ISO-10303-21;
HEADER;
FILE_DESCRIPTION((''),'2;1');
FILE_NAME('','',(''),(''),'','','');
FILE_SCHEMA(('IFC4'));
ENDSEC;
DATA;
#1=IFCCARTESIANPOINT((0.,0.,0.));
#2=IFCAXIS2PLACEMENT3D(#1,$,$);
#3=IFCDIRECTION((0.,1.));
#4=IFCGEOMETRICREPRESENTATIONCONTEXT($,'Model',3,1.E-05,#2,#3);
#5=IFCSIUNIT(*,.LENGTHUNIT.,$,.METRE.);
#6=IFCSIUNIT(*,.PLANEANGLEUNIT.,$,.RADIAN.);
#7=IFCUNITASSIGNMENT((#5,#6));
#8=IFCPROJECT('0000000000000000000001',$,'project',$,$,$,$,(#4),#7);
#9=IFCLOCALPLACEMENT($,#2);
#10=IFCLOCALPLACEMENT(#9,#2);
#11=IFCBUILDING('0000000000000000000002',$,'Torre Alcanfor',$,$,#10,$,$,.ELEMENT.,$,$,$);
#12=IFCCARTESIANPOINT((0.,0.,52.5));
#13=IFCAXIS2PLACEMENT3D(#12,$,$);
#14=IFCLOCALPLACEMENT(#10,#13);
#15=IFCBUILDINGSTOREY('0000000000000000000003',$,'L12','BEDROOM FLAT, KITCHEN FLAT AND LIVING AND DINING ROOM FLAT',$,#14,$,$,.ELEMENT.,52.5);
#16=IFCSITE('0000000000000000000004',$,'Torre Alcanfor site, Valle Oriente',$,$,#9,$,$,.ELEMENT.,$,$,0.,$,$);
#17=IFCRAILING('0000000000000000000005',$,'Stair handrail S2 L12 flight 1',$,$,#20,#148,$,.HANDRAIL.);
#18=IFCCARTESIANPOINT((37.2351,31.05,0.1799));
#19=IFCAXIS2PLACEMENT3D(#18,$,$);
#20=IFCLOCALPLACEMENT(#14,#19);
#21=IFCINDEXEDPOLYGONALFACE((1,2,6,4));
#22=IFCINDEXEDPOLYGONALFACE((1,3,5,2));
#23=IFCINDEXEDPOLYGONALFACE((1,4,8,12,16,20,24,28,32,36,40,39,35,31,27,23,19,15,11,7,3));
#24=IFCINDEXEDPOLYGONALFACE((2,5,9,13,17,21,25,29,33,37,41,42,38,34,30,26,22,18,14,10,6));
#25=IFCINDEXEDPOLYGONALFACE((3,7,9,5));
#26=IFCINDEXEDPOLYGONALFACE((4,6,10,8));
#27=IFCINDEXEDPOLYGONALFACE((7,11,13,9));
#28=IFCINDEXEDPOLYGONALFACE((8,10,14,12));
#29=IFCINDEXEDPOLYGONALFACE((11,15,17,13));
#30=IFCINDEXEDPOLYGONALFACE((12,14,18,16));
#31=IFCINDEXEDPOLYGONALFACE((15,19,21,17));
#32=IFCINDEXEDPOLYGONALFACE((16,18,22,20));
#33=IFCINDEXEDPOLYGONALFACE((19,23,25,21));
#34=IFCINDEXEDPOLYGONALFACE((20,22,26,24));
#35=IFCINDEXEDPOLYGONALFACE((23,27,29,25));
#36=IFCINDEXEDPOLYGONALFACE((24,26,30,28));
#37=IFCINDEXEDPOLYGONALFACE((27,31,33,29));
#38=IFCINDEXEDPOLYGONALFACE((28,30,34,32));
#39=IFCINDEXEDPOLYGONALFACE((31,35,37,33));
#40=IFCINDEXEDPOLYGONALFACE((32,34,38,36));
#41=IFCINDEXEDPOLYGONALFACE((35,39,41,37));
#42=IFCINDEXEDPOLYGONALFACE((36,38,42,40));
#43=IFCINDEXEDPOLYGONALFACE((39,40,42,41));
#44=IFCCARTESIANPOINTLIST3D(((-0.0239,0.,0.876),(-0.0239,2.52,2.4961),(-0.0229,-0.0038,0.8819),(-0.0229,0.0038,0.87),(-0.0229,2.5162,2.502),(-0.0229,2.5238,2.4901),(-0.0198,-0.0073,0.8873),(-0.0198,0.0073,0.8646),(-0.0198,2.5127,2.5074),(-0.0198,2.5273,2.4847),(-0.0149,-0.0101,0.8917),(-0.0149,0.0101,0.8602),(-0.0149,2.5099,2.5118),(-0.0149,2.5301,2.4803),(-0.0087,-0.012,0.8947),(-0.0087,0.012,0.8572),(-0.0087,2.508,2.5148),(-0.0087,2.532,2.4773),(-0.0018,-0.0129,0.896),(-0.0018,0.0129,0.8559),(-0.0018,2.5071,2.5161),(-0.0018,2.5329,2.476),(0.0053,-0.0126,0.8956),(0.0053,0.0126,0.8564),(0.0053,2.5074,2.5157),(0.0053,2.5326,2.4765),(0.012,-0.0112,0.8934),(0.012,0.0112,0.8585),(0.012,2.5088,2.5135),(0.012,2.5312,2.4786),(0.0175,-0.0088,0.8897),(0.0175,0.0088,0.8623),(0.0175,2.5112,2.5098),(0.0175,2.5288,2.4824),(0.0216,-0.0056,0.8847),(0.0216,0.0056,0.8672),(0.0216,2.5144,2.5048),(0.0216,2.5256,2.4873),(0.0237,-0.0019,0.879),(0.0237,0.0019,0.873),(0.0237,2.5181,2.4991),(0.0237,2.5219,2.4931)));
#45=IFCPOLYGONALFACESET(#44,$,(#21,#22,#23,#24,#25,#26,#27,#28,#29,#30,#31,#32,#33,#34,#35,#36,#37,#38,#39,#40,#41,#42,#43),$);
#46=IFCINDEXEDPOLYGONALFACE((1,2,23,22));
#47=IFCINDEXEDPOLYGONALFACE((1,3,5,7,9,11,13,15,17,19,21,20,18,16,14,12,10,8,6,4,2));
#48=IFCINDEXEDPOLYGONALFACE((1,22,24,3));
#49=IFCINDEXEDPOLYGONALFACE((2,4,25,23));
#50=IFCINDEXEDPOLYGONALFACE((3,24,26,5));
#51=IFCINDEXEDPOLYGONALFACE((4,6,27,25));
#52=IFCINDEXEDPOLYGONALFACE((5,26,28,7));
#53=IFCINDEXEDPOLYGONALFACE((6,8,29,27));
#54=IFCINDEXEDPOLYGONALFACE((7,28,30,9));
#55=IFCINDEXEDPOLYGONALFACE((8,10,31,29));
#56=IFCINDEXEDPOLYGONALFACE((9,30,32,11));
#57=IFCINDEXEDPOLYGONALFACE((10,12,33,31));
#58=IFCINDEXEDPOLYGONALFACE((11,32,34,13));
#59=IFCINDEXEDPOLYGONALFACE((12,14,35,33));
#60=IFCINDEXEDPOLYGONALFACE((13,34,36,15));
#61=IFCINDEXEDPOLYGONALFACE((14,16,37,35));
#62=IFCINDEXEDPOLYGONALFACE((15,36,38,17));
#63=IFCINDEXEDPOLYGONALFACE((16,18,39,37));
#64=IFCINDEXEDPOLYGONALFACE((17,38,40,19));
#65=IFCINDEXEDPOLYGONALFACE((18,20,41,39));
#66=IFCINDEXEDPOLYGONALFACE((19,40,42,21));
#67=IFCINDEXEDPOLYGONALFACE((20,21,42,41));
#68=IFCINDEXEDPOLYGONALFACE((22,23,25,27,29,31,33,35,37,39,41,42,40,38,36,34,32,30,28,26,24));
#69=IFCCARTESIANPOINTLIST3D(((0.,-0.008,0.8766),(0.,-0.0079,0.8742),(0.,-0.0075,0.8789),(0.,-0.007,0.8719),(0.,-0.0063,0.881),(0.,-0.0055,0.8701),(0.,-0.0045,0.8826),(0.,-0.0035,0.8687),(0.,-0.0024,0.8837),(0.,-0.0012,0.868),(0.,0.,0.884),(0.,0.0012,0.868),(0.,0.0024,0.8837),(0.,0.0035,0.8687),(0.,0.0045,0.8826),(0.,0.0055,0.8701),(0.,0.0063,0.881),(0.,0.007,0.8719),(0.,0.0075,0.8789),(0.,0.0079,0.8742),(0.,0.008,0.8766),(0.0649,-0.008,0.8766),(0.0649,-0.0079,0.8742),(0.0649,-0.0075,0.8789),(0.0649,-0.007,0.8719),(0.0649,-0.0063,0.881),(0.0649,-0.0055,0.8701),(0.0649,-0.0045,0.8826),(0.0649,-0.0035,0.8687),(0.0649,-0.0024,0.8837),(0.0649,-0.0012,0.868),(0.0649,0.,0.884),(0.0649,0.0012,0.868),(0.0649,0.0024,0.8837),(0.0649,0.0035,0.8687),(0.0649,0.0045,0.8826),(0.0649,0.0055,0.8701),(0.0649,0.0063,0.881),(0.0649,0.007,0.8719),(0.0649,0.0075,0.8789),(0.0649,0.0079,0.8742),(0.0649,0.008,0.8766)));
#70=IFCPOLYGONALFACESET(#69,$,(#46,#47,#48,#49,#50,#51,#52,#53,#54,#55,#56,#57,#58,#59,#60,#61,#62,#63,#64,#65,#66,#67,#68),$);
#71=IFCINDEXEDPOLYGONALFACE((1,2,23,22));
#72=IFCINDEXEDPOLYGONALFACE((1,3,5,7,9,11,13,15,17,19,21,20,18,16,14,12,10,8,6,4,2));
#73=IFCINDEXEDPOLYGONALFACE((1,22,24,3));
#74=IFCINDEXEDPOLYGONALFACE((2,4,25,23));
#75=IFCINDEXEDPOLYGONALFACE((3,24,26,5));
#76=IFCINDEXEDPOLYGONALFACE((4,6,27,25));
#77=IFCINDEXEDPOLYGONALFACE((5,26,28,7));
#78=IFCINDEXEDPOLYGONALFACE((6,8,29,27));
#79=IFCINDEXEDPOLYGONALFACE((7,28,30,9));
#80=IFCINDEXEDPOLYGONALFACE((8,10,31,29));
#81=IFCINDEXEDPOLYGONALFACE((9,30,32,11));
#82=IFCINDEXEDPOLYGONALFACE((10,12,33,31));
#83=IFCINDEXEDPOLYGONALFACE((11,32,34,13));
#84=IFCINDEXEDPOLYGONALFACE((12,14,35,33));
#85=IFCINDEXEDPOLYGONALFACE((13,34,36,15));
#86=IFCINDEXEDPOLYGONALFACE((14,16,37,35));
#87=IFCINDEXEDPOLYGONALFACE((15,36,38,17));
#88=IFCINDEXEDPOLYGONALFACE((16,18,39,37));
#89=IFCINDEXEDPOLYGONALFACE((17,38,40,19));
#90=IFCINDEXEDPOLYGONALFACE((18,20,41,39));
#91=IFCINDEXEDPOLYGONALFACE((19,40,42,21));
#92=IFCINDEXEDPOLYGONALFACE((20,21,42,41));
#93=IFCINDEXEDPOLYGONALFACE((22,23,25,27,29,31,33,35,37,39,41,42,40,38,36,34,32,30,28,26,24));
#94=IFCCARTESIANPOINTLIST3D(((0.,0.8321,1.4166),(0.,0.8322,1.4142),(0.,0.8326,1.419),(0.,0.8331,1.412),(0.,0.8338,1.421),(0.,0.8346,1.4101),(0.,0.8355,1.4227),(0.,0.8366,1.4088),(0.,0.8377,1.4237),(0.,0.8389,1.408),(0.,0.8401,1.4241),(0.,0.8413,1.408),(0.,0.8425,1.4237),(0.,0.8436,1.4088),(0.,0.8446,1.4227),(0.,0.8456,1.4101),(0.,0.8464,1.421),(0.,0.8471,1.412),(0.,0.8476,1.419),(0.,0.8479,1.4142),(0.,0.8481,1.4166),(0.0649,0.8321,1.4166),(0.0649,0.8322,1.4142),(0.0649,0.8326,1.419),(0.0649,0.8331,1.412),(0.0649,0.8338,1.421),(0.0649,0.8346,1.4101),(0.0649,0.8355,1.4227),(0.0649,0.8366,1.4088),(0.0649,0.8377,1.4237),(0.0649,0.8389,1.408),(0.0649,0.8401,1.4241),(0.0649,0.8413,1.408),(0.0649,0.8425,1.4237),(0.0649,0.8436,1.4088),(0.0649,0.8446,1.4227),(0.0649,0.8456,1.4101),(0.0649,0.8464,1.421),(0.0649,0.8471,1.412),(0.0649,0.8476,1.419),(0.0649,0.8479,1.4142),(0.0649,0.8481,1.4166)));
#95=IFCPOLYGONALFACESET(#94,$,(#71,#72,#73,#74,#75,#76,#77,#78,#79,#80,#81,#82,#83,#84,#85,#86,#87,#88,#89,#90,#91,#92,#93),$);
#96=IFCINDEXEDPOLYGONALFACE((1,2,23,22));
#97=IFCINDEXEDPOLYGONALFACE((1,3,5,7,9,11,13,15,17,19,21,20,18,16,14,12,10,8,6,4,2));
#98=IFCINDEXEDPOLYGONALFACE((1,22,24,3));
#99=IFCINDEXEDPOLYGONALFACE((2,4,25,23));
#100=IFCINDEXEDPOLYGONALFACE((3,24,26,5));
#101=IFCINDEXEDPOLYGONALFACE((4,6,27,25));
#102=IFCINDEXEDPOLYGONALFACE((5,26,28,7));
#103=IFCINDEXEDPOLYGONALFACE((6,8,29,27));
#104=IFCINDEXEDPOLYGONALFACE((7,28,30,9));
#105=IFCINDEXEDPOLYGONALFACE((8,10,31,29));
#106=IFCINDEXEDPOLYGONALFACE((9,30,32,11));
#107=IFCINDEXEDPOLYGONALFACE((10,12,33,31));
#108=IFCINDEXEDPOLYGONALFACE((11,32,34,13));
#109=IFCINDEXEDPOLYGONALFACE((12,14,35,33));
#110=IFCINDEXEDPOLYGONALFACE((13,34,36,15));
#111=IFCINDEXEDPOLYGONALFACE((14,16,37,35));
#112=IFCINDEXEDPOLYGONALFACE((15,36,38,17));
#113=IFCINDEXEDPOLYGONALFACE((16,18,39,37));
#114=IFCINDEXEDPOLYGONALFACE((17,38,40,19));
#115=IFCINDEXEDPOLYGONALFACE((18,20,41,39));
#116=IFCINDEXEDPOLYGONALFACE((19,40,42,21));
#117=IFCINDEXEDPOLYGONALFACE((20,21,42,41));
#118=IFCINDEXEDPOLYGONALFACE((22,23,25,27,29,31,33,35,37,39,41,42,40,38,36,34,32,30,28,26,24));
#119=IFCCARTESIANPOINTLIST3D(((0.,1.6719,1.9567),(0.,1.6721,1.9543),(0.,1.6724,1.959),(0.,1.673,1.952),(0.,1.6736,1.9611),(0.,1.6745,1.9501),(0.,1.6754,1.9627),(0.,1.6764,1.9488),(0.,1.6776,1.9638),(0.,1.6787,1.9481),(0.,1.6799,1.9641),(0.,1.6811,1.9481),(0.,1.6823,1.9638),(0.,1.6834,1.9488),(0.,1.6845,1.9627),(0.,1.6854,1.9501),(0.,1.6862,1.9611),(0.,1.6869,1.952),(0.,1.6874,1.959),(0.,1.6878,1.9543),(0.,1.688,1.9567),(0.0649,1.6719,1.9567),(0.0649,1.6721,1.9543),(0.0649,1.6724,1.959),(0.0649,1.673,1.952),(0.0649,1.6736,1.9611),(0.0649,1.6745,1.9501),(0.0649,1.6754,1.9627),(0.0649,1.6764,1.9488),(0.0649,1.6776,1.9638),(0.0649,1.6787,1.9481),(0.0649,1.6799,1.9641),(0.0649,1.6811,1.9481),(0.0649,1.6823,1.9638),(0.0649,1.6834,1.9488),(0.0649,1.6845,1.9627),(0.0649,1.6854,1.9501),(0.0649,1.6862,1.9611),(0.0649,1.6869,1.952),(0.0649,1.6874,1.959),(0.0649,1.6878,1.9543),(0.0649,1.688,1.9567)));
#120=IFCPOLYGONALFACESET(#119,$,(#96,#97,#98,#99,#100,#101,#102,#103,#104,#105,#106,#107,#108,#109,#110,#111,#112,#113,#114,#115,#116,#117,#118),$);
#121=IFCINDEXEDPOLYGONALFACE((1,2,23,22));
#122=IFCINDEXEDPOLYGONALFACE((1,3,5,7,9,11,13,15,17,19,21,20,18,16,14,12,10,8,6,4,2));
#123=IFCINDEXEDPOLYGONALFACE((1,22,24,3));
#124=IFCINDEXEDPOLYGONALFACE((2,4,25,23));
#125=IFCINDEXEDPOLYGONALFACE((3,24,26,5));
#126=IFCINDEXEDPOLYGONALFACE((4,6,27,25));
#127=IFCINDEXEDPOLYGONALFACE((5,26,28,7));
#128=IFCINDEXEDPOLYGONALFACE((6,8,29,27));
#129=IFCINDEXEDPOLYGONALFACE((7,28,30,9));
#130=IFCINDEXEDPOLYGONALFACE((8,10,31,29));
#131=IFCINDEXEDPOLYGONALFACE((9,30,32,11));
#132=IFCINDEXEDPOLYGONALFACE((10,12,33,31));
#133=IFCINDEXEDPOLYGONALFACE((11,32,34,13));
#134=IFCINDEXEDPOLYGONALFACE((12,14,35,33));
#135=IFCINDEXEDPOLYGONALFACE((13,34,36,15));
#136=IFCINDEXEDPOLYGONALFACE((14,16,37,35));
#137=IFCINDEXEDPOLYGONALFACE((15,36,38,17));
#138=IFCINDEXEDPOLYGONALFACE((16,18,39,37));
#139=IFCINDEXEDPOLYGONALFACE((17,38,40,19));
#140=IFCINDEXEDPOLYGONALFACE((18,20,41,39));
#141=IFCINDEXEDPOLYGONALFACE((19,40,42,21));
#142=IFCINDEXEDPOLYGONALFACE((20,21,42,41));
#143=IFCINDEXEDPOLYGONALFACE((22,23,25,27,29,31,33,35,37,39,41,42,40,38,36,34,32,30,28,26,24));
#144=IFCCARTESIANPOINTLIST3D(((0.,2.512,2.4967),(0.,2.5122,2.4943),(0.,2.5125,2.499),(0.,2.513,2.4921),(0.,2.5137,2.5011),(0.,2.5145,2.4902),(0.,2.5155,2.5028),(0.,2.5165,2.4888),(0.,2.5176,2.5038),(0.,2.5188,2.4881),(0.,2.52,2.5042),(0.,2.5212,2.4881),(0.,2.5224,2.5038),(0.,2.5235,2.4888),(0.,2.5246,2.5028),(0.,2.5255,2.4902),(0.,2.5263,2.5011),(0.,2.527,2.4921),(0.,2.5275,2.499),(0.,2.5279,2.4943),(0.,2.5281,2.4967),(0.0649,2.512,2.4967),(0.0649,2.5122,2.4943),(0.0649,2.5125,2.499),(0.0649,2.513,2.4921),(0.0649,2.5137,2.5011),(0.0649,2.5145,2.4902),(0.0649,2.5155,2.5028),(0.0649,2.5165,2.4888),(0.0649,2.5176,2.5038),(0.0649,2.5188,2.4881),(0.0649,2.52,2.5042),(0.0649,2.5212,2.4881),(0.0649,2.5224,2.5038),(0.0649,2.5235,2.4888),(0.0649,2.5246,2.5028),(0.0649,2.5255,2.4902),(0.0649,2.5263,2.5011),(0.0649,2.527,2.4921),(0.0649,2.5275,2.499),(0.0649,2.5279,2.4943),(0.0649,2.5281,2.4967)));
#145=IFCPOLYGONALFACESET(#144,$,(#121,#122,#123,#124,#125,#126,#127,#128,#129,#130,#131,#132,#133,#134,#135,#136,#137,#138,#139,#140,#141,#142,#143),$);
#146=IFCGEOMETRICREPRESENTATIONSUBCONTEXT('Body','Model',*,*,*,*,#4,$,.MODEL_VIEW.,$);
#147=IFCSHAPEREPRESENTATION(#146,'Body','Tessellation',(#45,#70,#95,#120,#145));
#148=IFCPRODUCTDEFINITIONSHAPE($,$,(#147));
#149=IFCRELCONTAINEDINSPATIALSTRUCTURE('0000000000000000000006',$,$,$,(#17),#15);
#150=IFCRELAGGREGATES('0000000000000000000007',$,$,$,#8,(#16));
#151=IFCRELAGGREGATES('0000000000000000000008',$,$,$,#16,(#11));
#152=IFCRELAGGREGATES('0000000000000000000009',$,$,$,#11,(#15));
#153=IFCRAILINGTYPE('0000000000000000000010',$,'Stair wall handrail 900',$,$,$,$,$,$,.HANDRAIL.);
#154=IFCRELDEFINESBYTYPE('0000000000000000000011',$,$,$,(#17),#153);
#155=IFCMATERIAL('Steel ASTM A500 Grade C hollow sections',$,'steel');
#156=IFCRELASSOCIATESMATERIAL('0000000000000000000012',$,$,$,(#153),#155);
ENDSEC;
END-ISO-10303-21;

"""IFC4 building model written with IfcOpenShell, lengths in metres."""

from ifc_helpers import new_model, si_unit, direction, frame, origin, origin_2d, place, context, subcontext, project, spatial, circle, extrude, material, type_object, element, save


model = new_model("IFC4")

# Units and contexts
model_context = context("Model", 3, precision=1e-05, world=origin(), true_north=direction((0.0, 1.0)))
body_context = subcontext(model_context, "Body", "Model", "MODEL_VIEW")
ifc_project = project(units=[si_unit("LENGTHUNIT", "METRE"), si_unit("PLANEANGLEUNIT", "RADIAN")], contexts=[model_context])

# Site, building, storey
site_placement = place(None, origin())
site = spatial("IfcSite", under=ifc_project, at=site_placement, Name="Torre Alcanfor site, Valle Oriente", CompositionType="ELEMENT", RefElevation=0.0)
building_placement = place(site_placement, origin())
building = spatial("IfcBuilding", under=site, at=building_placement, Name="Torre Alcanfor", CompositionType="ELEMENT")
storey_placement = place(building_placement, frame((0.0, 0.0, 52.5)))
storey = spatial("IfcBuildingStorey", under=building, at=storey_placement, Name="L12", Description="BEDROOM FLAT, KITCHEN FLAT AND LIVING AND DINING ROOM FLAT", CompositionType="ELEMENT", Elevation=52.5)

# Railing
ifc_material_1 = material(Name="Steel ASTM A500 Grade C hollow sections", Category="steel")
railing_type_1 = type_object("IfcRailingType", Name="Stair wall handrail 900", PredefinedType="HANDRAIL", material=ifc_material_1)
railing_1_placement = place(storey_placement, frame((37.2351, 31.05, 0.1799)))
element("IfcRailing", 1, at=railing_1_placement, inside=storey, type_object=railing_type_1, Name="Stair handrail S2 L12 flight 1", PredefinedType="HANDRAIL", context=body_context, shape_type="SweptSolid", body=[
    extrude(circle(Radius=0.0239, at=origin_2d()), frame((0.0, 0.0, 0.876), z_axis=(0.0, 0.841163, 0.540782), x_axis=(-1.0, 0.0, 0.0)), (0.0, 0.0, 1.0), 2.9958),
    extrude(circle(Radius=0.0081, at=origin_2d()), frame((0.0, 0.0, 0.876), z_axis=(1.0, 0.0, 0.0), x_axis=(0.0, 0.0, 1.0)), (0.0, 0.0, 1.0), 0.0649),
    extrude(circle(Radius=0.0081, at=origin_2d()), frame((0.0, 0.8401, 1.416), z_axis=(1.0, 0.0, 0.0), x_axis=(0.0, 0.0, 1.0)), (0.0, 0.0, 1.0), 0.0649),
    extrude(circle(Radius=0.0081, at=origin_2d()), frame((0.0, 1.6799, 1.9561), z_axis=(1.0, 0.0, 0.0), x_axis=(0.0, 0.0, 1.0)), (0.0, 0.0, 1.0), 0.0649),
    extrude(circle(Radius=0.0081, at=origin_2d()), frame((0.0, 2.52, 2.4961), z_axis=(1.0, 0.0, 0.0), x_axis=(0.0, 0.0, 1.0)), (0.0, 0.0, 1.0), 0.0649),
])

save(model, "model.ifc")
